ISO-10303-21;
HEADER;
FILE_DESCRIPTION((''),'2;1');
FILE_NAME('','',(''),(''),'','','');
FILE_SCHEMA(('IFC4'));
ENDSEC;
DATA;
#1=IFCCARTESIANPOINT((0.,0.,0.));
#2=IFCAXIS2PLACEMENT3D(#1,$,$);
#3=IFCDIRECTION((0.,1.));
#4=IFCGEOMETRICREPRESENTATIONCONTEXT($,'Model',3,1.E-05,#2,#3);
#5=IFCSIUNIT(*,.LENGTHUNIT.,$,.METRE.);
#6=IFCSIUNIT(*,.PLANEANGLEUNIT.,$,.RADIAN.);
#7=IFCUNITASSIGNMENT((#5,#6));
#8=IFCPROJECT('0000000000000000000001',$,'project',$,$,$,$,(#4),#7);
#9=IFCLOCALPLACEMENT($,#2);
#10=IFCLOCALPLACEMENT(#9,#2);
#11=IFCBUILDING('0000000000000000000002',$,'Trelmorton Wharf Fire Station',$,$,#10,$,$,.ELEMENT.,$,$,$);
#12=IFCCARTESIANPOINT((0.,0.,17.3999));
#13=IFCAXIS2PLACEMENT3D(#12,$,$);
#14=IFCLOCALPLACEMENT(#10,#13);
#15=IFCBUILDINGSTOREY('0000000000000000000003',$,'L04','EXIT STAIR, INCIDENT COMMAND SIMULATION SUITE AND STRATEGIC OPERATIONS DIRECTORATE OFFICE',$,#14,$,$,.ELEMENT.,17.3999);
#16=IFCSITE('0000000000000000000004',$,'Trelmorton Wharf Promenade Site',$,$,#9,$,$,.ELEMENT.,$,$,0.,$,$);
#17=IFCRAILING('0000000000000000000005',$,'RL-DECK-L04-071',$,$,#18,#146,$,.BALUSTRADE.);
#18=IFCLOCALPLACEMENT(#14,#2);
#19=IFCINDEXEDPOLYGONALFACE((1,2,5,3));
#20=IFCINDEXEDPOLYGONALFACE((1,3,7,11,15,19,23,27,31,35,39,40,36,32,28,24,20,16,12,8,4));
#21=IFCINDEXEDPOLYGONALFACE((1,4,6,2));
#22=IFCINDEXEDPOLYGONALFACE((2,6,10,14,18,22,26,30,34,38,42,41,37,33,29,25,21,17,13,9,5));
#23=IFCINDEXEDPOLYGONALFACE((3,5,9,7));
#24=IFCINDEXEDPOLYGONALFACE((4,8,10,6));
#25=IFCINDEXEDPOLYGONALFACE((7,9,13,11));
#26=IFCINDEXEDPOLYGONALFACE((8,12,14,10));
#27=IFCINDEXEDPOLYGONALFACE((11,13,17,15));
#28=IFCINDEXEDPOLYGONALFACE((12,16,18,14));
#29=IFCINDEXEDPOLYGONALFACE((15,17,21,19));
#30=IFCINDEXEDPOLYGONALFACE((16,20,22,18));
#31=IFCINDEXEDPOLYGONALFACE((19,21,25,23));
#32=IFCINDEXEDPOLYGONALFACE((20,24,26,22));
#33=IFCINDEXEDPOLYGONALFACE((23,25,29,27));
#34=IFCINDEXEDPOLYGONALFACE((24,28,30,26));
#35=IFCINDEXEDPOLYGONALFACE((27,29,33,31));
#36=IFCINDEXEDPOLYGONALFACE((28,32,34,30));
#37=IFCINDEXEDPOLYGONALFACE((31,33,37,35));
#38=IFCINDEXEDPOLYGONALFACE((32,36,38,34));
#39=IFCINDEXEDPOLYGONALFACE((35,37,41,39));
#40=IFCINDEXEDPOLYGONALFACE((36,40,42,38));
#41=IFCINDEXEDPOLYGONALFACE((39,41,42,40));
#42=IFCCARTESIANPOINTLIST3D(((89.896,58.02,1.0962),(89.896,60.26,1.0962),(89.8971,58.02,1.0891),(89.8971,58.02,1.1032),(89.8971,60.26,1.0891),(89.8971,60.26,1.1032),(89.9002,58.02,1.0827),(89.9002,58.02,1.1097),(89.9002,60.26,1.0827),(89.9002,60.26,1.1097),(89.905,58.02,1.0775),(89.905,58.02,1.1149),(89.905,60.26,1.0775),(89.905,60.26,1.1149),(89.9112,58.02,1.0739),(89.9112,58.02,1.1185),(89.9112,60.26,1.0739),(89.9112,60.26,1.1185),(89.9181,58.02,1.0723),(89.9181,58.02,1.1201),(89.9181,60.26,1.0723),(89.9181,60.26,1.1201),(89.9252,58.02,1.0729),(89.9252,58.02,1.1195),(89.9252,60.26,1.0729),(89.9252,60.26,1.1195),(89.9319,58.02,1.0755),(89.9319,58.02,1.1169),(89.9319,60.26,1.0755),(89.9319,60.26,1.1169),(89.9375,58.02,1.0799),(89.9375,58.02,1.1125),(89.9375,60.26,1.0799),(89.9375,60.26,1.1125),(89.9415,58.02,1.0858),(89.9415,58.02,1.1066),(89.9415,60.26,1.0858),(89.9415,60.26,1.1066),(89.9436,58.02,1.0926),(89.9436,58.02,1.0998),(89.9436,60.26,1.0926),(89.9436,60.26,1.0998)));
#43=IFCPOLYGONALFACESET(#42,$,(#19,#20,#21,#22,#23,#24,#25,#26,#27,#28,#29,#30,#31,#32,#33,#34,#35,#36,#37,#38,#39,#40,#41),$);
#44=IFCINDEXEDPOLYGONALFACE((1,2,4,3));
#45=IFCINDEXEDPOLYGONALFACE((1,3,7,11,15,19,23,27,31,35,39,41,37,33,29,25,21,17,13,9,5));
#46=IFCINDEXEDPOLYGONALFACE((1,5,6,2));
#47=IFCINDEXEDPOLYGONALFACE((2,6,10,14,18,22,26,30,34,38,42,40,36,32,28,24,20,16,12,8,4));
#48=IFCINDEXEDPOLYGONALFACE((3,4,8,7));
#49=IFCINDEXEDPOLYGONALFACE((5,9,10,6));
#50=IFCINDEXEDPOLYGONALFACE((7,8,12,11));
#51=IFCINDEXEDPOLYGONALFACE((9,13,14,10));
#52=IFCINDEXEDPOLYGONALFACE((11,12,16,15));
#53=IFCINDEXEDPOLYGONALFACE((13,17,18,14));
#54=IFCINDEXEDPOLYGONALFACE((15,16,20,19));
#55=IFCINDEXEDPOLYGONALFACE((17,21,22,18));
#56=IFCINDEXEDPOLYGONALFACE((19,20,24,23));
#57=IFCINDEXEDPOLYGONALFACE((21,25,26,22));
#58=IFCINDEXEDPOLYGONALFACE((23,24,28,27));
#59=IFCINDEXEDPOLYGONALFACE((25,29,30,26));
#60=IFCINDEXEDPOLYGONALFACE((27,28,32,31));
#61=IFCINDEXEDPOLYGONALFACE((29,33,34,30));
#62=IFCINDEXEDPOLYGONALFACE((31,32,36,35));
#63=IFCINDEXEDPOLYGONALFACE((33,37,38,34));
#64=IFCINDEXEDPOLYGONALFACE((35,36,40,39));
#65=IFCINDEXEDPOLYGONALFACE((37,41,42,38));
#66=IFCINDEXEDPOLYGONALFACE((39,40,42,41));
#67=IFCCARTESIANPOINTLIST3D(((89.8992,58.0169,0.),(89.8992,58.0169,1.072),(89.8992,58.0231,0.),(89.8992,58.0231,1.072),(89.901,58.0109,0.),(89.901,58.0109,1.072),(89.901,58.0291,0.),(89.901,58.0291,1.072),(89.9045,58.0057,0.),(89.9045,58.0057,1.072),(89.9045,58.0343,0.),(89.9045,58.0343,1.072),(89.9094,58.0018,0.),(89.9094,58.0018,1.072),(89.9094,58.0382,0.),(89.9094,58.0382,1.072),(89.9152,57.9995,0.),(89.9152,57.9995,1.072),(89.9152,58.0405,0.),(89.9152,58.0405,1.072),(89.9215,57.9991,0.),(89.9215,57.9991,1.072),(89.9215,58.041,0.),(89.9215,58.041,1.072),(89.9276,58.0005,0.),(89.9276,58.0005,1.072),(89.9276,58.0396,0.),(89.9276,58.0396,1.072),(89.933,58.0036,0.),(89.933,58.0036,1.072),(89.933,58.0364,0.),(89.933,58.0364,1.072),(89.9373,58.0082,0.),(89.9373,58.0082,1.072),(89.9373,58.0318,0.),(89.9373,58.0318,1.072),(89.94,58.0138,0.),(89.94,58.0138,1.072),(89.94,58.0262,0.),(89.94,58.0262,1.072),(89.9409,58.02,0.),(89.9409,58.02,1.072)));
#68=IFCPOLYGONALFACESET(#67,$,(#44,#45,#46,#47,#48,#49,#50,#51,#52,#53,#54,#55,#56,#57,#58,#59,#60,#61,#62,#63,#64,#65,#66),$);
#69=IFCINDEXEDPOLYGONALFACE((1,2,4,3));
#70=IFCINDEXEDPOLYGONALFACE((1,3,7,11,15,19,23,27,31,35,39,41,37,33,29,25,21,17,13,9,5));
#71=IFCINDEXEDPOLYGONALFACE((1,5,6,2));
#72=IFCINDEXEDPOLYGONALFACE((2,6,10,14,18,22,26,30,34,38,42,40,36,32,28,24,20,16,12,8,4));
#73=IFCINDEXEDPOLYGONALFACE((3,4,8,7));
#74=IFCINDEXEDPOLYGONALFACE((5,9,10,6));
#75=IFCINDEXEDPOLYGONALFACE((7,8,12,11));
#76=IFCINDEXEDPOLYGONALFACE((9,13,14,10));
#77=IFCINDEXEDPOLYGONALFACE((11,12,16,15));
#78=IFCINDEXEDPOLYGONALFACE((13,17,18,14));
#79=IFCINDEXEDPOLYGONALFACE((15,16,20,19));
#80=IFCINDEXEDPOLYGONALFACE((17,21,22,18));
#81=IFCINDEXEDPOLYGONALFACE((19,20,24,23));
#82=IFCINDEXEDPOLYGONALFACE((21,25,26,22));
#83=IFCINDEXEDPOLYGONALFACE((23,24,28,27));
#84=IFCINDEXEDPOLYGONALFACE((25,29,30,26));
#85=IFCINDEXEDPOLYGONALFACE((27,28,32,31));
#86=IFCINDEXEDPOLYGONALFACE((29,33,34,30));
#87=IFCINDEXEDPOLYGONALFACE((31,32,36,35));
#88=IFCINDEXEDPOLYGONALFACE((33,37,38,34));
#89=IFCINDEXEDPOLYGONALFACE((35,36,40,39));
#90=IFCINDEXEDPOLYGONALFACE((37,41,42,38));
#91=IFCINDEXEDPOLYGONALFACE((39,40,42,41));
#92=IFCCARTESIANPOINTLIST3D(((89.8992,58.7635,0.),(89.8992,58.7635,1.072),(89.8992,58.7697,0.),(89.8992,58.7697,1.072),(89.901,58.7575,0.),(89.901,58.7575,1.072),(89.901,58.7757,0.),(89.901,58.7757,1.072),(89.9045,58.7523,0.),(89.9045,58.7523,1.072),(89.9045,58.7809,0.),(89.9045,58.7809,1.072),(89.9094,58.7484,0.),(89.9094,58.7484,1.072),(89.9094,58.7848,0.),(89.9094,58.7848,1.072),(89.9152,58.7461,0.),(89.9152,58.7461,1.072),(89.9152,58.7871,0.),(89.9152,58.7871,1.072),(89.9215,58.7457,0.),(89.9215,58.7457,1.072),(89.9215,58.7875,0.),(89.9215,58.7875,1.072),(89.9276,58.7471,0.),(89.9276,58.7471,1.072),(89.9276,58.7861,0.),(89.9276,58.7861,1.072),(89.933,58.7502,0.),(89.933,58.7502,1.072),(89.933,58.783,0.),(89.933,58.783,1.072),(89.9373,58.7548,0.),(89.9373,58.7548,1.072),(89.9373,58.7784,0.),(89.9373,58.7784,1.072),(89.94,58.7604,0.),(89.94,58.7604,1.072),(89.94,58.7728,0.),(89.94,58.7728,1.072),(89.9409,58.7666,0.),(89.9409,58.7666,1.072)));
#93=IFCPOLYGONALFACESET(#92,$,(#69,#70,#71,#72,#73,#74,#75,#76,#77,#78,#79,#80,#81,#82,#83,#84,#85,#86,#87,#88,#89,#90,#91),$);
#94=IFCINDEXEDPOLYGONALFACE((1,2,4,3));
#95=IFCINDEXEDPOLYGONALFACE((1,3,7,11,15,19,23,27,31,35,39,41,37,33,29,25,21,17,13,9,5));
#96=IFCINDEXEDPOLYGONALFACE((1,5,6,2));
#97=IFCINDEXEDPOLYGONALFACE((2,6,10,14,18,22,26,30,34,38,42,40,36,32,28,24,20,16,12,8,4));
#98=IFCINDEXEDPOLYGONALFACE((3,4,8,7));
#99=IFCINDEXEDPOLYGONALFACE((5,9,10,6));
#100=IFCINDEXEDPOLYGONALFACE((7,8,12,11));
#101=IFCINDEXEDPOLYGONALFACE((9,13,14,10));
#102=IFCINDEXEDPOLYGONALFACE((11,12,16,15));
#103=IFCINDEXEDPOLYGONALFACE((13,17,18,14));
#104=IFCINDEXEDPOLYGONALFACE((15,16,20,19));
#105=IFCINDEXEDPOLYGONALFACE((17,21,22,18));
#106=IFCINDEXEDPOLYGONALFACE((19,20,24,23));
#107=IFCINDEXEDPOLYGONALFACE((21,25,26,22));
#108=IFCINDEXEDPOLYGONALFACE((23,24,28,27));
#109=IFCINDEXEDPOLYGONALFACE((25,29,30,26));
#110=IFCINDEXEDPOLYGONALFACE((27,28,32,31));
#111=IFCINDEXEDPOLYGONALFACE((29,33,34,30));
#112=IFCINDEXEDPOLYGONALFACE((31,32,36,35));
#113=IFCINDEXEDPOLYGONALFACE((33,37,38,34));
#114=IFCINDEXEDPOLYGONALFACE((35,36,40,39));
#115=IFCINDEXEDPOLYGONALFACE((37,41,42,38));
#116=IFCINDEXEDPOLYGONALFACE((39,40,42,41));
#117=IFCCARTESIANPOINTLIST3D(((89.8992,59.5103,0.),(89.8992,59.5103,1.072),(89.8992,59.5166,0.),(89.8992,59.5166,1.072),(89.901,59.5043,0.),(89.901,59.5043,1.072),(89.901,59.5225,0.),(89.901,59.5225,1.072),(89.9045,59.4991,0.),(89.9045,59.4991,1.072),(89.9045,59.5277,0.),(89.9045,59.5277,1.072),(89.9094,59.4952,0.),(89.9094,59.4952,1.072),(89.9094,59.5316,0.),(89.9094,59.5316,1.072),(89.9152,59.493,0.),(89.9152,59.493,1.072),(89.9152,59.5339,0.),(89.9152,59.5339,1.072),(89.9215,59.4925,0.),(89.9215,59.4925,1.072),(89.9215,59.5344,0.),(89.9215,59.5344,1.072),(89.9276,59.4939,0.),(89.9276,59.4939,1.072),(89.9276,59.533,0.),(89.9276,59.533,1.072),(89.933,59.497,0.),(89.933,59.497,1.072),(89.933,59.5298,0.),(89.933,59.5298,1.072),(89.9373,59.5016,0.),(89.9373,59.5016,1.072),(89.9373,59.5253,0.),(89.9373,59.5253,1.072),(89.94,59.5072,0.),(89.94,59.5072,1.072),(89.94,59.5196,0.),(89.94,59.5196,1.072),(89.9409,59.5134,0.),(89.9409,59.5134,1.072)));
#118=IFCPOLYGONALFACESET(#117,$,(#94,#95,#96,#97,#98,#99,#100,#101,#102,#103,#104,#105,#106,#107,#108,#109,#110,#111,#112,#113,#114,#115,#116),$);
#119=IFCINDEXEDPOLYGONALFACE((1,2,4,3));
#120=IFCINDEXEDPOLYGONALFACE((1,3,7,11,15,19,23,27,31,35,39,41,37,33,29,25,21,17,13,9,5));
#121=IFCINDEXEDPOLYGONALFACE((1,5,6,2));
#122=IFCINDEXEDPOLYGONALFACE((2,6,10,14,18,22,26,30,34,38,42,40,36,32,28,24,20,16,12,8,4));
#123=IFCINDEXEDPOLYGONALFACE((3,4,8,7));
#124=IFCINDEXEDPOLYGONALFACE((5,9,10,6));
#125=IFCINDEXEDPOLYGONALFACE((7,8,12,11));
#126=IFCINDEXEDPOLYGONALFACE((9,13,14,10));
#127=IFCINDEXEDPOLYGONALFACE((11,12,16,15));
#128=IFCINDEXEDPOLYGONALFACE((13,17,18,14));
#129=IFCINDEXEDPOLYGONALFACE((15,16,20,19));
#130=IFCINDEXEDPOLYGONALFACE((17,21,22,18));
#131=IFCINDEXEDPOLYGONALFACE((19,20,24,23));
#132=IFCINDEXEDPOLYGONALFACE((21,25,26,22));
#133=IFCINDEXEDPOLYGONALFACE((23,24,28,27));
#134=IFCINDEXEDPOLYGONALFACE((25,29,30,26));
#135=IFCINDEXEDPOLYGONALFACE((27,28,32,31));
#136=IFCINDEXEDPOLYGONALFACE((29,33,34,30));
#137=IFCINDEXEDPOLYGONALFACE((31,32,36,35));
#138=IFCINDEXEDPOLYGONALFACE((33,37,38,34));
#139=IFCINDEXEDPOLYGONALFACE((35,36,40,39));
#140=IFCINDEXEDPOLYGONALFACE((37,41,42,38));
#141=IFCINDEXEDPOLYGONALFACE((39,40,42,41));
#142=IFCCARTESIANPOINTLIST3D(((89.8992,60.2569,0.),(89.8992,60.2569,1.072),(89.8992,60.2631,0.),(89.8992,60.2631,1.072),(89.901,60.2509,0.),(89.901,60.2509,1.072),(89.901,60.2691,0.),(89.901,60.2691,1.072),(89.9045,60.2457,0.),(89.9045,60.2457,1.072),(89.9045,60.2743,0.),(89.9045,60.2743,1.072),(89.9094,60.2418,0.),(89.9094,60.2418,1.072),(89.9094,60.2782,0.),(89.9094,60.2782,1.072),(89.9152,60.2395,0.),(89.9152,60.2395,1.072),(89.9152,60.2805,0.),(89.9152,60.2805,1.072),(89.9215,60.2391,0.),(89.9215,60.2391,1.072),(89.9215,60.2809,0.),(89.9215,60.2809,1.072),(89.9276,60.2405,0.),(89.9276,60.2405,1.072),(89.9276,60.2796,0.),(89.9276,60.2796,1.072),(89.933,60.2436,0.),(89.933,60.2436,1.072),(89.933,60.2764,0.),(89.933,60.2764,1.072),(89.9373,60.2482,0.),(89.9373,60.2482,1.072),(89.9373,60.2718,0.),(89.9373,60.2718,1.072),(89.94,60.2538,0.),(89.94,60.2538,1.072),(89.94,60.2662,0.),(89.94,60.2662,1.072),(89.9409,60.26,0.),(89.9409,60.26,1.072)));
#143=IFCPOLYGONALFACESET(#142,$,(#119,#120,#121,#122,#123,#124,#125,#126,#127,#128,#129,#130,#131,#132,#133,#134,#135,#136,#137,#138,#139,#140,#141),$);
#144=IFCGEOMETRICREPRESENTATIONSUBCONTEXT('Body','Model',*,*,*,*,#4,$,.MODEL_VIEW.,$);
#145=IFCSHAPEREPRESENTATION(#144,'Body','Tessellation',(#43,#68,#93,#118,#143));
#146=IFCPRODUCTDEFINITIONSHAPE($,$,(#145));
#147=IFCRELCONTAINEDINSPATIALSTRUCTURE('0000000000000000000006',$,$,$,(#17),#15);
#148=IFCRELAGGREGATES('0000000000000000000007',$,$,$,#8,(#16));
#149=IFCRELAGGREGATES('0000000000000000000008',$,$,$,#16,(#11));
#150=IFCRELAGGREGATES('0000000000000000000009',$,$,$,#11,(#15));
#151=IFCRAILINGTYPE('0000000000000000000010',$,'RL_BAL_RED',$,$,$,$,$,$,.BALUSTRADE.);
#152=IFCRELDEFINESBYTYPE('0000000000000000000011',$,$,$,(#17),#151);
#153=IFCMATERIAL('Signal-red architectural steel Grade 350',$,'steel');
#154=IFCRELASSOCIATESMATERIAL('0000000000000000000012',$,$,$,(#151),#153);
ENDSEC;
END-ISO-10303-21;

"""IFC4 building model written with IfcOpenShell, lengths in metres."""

from ifc_helpers import new_model, si_unit, direction, frame, origin, origin_2d, place, context, subcontext, project, spatial, circle, extrude, material, type_object, element, save


model = new_model("IFC4")

# Units and contexts
model_context = context("Model", 3, precision=1e-05, world=origin(), true_north=direction((0.0, 1.0)))
body_context = subcontext(model_context, "Body", "Model", "MODEL_VIEW")
ifc_project = project(units=[si_unit("LENGTHUNIT", "METRE"), si_unit("PLANEANGLEUNIT", "RADIAN")], contexts=[model_context])

# Site, building, storey
site_placement = place(None, origin())
site = spatial("IfcSite", under=ifc_project, at=site_placement, Name="Trelmorton Wharf Promenade Site", CompositionType="ELEMENT", RefElevation=0.0)
building_placement = place(site_placement, origin())
building = spatial("IfcBuilding", under=site, at=building_placement, Name="Trelmorton Wharf Fire Station", CompositionType="ELEMENT")
storey_placement = place(building_placement, frame((0.0, 0.0, 17.3999)))
storey = spatial("IfcBuildingStorey", under=building, at=storey_placement, Name="L04", Description="EXIT STAIR, INCIDENT COMMAND SIMULATION SUITE AND STRATEGIC OPERATIONS DIRECTORATE OFFICE", CompositionType="ELEMENT", Elevation=17.3999)

# Shared definitions
ifc_material_1 = material(Name="Signal-red architectural steel Grade 350", Category="steel")

# Railing
railing_type = type_object("IfcRailingType", Name="RL_BAL_RED", PredefinedType="BALUSTRADE", material=ifc_material_1)
railing_placement = place(storey_placement, frame((89.9199, 58.02, 0.0)))
element("IfcRailing", 1, at=railing_placement, inside=storey, type_object=railing_type, Name="RL-DECK-L04-071", PredefinedType="BALUSTRADE", context=body_context, shape_type="SweptSolid", body=[
    extrude(circle(Radius=0.0239, at=origin_2d()), frame((0.0, 0.0, 1.0962), z_axis=(0.0, 1.0, 0.0), x_axis=(-1.0, 0.0, 0.0)), (0.0, 0.0, 1.0), 2.24),
    extrude(circle(Radius=0.021, at=origin_2d()), origin(), (0.0, 0.0, 1.0), 1.072),
    extrude(circle(Radius=0.021, at=origin_2d()), frame((0.0, 0.7466, 0.0)), (0.0, 0.0, 1.0), 1.072),
    extrude(circle(Radius=0.021, at=origin_2d()), frame((0.0, 1.4934, 0.0)), (0.0, 0.0, 1.0), 1.072),
    extrude(circle(Radius=0.021, at=origin_2d()), frame((0.0, 2.24, 0.0)), (0.0, 0.0, 1.0), 1.072),
])

save(model, "model.ifc")
